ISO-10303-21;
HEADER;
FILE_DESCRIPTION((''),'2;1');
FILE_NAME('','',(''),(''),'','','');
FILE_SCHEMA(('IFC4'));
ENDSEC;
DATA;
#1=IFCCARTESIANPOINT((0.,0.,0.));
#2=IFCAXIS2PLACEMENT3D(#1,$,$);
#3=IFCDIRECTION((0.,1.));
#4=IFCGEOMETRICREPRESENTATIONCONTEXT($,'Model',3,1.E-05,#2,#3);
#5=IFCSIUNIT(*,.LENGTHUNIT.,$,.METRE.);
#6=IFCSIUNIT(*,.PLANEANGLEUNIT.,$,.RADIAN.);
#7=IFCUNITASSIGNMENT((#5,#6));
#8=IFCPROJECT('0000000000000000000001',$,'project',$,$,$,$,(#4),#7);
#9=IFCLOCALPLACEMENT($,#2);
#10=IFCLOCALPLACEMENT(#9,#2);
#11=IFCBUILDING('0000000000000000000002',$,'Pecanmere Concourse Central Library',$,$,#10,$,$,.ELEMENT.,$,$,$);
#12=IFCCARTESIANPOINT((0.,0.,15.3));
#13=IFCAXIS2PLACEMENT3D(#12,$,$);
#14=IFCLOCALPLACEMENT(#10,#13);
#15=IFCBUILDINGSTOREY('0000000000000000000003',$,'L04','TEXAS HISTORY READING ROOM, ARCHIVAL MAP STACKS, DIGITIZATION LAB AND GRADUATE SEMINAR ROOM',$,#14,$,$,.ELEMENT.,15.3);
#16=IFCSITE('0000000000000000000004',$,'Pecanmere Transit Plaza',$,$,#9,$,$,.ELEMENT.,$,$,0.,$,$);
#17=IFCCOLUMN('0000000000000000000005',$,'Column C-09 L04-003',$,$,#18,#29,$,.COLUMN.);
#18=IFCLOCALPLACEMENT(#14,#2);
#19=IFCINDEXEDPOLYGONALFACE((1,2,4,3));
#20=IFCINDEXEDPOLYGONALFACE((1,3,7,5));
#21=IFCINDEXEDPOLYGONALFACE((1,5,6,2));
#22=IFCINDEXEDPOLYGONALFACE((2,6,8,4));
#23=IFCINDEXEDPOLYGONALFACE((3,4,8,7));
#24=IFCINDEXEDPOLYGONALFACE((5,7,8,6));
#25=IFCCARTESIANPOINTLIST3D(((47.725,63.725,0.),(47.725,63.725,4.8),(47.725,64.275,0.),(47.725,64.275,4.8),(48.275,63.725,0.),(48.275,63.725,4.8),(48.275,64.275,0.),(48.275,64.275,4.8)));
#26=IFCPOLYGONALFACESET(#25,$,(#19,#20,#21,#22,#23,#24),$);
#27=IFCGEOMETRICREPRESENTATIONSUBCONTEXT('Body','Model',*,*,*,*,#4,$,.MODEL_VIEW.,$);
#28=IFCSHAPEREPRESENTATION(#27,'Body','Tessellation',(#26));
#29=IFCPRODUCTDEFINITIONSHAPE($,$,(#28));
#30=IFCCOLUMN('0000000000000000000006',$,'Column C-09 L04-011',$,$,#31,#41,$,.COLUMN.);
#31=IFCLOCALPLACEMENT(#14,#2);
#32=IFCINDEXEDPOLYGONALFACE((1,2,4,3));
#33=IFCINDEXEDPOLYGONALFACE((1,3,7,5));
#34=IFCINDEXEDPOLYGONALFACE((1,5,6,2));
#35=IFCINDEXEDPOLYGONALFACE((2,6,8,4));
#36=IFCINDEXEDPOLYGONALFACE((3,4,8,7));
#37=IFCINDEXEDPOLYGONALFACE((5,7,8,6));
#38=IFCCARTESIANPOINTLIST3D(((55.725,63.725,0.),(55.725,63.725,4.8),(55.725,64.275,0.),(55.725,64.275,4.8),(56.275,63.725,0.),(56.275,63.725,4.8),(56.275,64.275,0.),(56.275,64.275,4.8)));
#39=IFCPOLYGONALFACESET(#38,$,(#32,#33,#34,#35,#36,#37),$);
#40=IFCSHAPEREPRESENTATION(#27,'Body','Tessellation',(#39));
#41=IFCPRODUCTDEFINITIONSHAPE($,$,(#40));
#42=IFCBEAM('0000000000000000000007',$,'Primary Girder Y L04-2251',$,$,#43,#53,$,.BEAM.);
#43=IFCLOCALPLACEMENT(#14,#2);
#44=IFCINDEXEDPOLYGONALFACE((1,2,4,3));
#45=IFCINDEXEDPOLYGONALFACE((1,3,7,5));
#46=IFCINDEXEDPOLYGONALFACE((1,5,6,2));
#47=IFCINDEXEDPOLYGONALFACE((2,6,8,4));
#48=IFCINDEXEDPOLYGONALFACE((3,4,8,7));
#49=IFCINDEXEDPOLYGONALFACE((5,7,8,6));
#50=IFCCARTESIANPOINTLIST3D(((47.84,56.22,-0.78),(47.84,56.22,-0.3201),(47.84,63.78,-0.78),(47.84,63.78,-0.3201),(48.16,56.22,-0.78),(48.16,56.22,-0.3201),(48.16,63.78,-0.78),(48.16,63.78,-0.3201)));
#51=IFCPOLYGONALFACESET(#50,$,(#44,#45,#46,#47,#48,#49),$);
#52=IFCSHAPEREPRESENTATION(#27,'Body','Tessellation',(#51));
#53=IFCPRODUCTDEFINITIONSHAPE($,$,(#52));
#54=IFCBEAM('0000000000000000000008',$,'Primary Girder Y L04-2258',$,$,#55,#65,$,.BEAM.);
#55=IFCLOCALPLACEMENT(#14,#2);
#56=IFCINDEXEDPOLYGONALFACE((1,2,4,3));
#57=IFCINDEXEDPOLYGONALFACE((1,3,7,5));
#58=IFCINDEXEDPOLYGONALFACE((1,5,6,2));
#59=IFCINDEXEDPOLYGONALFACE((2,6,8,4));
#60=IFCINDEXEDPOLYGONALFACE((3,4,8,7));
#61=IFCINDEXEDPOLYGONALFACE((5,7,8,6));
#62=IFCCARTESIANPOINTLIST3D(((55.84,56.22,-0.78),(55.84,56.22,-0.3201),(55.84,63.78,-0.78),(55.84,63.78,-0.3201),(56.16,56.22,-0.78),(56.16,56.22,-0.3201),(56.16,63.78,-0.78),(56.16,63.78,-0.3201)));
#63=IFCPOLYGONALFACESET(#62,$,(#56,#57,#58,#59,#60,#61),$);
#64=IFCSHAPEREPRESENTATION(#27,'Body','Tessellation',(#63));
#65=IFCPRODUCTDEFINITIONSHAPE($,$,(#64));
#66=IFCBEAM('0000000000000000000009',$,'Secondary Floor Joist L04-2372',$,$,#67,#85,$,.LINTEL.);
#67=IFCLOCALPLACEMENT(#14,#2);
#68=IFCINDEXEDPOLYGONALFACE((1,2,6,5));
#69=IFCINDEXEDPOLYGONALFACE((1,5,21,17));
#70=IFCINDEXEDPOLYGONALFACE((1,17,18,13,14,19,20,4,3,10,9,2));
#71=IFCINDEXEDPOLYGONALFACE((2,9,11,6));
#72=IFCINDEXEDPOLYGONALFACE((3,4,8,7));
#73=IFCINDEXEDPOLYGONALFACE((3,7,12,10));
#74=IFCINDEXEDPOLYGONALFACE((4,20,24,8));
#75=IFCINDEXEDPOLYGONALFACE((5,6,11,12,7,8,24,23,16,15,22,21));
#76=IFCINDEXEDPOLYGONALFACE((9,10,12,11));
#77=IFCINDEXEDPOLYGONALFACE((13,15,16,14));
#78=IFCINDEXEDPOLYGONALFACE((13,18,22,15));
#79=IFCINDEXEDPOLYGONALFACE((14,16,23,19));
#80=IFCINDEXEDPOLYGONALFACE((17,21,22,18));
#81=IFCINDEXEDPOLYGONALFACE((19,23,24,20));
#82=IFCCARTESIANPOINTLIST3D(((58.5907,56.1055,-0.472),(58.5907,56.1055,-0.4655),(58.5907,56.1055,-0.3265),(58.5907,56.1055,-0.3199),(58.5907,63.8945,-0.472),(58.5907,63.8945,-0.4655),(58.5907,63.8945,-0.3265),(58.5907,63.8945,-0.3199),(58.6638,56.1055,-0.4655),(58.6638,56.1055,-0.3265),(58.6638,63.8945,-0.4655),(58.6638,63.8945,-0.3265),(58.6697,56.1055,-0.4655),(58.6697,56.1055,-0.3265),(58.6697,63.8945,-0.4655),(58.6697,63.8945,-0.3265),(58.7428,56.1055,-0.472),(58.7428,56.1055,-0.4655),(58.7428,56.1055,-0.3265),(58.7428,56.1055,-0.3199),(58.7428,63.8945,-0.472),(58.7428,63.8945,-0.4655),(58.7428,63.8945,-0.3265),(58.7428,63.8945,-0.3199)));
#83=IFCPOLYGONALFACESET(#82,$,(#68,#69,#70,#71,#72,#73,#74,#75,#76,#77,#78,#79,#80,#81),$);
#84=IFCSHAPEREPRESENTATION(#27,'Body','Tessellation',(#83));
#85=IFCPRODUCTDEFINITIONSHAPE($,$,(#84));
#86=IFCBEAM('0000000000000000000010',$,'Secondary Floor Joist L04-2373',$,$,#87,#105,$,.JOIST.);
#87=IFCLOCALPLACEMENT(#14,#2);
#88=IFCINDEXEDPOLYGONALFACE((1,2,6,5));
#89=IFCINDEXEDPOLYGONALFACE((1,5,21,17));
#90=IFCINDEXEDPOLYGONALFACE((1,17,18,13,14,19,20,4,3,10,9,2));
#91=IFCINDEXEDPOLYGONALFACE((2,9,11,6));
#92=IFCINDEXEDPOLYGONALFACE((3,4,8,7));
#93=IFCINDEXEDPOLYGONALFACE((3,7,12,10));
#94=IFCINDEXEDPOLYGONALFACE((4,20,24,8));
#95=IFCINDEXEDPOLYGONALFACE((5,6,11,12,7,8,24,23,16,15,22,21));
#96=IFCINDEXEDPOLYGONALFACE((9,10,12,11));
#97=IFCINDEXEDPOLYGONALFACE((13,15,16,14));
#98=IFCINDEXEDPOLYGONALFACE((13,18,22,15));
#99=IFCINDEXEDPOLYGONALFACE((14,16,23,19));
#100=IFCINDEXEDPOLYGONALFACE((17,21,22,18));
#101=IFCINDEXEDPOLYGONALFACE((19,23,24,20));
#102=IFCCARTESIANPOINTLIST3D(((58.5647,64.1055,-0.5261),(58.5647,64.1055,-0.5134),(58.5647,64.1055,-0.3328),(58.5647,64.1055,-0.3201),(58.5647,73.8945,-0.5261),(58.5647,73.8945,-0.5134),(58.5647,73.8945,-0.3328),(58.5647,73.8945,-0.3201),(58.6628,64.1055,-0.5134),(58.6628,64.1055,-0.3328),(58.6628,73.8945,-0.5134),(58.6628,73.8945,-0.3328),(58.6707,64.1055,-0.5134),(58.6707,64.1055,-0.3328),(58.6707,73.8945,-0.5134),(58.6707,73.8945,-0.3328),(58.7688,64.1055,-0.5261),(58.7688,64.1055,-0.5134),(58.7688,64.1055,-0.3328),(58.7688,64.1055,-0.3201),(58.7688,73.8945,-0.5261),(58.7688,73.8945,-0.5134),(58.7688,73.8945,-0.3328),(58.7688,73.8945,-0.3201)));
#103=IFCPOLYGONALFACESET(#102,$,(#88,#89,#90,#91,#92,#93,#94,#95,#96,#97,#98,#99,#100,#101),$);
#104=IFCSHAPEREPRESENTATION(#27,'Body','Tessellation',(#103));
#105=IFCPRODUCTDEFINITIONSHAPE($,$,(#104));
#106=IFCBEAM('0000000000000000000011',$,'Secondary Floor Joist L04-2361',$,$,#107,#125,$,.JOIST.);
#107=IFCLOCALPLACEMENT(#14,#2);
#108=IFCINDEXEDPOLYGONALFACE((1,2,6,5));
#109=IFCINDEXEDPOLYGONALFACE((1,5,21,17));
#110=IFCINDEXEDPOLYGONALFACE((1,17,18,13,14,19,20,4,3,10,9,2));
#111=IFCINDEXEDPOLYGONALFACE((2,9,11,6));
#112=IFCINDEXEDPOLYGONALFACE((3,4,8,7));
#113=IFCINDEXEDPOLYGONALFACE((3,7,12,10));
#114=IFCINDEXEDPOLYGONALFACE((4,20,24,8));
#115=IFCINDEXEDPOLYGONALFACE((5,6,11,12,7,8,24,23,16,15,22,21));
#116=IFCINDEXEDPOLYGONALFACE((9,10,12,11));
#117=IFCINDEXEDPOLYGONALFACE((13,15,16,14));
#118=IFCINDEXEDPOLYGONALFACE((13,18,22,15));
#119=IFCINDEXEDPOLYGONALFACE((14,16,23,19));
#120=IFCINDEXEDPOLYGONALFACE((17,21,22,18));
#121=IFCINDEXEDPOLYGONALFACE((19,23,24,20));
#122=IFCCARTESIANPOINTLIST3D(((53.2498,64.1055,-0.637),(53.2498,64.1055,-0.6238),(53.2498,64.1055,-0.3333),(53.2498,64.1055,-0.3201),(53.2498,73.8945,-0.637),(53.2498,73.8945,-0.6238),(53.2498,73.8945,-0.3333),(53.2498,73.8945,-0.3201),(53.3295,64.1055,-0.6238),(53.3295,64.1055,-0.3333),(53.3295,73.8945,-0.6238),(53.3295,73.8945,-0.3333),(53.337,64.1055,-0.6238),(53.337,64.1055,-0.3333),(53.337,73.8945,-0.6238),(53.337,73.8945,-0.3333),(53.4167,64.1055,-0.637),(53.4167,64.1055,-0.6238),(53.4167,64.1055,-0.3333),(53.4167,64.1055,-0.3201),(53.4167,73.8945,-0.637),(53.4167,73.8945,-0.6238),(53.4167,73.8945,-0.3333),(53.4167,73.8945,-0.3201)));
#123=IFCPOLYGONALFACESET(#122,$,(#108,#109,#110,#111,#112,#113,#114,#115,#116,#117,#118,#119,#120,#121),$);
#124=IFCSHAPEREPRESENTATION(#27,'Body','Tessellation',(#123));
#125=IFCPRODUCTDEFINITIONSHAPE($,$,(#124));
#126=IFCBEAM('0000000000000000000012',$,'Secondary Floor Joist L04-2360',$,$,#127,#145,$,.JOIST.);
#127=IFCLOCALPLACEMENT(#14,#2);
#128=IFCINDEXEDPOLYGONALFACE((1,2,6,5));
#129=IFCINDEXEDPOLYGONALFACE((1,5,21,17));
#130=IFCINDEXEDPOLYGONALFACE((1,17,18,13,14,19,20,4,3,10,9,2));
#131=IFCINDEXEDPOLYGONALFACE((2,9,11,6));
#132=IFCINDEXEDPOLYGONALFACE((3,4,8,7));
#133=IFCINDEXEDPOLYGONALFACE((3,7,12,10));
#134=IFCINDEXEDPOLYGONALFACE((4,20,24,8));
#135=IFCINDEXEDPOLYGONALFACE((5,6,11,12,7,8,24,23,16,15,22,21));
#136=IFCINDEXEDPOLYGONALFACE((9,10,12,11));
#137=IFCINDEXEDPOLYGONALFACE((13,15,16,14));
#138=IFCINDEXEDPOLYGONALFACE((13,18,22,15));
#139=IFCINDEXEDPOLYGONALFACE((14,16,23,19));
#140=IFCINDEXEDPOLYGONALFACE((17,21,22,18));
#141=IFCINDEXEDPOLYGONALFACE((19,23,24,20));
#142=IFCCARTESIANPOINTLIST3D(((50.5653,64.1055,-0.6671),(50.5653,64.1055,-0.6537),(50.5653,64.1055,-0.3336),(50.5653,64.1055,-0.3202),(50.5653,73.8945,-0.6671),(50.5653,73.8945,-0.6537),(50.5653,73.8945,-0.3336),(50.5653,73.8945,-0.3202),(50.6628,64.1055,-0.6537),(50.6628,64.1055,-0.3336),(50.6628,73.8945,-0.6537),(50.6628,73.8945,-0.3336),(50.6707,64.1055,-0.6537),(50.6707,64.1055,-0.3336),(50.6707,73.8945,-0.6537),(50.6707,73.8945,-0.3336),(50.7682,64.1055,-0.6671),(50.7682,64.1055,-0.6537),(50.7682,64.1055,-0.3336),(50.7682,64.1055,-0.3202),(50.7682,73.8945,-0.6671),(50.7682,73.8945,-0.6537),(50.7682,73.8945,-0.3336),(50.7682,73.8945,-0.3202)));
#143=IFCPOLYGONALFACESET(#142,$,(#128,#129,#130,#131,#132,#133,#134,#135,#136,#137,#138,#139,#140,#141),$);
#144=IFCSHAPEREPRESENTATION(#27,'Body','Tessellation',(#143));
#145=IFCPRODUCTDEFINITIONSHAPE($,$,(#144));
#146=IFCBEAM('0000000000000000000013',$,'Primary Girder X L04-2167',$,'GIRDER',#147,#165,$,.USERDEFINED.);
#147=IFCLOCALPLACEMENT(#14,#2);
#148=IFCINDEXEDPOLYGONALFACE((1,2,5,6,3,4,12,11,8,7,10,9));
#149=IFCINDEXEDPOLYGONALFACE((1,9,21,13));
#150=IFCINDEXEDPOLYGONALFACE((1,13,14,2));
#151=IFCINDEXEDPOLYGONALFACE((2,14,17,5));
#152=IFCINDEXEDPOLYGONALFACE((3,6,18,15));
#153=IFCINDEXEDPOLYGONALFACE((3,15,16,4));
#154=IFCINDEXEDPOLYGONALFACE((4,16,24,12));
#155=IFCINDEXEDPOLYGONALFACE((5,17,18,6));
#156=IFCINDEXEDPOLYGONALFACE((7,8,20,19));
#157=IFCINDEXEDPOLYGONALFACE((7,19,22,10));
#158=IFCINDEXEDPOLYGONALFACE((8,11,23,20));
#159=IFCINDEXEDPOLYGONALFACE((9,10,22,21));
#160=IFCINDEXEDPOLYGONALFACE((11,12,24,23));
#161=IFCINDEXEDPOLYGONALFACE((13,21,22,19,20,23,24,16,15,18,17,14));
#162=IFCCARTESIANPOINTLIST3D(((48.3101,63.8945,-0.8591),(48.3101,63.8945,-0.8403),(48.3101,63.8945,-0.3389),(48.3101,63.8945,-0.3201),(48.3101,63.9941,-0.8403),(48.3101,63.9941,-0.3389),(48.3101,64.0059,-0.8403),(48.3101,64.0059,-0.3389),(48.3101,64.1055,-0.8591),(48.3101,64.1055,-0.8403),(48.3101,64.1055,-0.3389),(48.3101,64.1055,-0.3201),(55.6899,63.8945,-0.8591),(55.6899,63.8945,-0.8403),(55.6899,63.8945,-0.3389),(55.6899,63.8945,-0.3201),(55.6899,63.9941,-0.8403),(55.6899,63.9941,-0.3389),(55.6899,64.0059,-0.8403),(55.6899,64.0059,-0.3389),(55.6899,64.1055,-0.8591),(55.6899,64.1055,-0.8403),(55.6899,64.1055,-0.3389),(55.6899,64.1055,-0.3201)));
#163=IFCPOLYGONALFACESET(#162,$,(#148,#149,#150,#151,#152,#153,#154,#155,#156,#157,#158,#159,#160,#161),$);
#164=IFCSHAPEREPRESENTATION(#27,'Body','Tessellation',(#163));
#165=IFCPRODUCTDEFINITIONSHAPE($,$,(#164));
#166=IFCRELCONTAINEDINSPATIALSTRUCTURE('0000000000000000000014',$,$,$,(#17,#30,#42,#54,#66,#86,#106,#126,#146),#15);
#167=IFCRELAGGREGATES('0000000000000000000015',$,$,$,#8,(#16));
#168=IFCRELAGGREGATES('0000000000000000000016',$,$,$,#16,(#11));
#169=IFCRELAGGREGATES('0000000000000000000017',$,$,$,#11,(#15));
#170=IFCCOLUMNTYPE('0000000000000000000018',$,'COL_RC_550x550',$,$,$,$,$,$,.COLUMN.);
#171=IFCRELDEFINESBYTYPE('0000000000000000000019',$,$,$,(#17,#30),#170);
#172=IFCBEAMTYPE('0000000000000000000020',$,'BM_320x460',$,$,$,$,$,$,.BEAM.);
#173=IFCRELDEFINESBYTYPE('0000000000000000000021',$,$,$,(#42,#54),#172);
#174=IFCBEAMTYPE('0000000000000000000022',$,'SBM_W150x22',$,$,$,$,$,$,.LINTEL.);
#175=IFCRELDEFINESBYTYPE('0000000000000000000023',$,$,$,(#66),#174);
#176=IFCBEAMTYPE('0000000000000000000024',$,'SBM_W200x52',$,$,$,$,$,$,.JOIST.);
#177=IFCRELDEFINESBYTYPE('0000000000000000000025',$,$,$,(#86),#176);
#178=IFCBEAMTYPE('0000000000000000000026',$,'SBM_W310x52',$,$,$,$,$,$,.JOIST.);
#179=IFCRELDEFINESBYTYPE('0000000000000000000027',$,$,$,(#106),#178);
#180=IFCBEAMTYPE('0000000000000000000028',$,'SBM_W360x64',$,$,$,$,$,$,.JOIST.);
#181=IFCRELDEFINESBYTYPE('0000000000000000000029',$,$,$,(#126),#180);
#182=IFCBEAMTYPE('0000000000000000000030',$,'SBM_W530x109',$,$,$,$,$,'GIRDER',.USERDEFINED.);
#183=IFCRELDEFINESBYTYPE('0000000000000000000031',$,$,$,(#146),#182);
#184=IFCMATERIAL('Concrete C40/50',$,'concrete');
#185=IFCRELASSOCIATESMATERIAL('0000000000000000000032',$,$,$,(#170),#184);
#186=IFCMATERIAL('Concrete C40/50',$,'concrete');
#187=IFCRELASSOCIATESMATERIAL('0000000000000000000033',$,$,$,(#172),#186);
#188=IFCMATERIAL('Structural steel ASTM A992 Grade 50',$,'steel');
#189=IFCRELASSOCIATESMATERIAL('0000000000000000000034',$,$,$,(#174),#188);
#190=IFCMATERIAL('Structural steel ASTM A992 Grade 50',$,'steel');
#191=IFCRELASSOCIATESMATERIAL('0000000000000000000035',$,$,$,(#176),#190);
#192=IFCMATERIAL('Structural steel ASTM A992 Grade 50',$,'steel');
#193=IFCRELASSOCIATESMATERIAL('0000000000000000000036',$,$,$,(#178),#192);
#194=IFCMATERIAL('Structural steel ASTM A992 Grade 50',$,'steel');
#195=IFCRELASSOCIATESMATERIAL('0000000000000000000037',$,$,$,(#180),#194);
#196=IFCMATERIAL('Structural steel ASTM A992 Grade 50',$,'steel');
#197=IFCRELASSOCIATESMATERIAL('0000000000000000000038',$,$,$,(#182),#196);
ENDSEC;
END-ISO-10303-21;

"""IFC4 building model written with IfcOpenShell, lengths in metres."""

from ifc_helpers import new_model, si_unit, direction, frame, origin, origin_2d, place, context, subcontext, project, spatial, rectangle, i_section, extrude, material, material_profile, profile_set, type_object, element, save


model = new_model("IFC4")

# Units and contexts
model_context = context("Model", 3, precision=1e-05, world=origin(), true_north=direction((0.0, 1.0)))
body_context = subcontext(model_context, "Body", "Model", "MODEL_VIEW")
ifc_project = project(units=[si_unit("LENGTHUNIT", "METRE"), si_unit("PLANEANGLEUNIT", "RADIAN")], contexts=[model_context])

# Site, building, storey
site_placement = place(None, origin())
site = spatial("IfcSite", under=ifc_project, at=site_placement, Name="Pecanmere Transit Plaza", CompositionType="ELEMENT", RefElevation=0.0)
building_placement = place(site_placement, origin())
building = spatial("IfcBuilding", under=site, at=building_placement, Name="Pecanmere Concourse Central Library", CompositionType="ELEMENT")
storey_placement = place(building_placement, frame((0.0, 0.0, 15.3)))
storey = spatial("IfcBuildingStorey", under=building, at=storey_placement, Name="L04", Description="TEXAS HISTORY READING ROOM, ARCHIVAL MAP STACKS, DIGITIZATION LAB AND GRADUATE SEMINAR ROOM", CompositionType="ELEMENT", Elevation=15.3)

# Columns
ifc_material_1 = material(Name="Concrete C40/50", Category="concrete")
ifc_material_profile_1 = material_profile(ifc_material_1, rectangle(XDim=0.55, YDim=0.55, at=origin_2d()), Name="RC 550x550")
ifc_profile_set_1 = profile_set([ifc_material_profile_1], Name="Concrete C40/50")
column_type = type_object("IfcColumnType", Name="COL_RC_550x550", PredefinedType="COLUMN", material=ifc_profile_set_1)
for number, where, z_axis, x_axis, name in (
    (1, (48.0, 64.0, 0.0), (0.0, 0.0, 1.0), (1.0, 0.0, 0.0), "Column C-09 L04-003"),
    (2, (56.0, 64.0, 0.0), (0.0, 0.0, 1.0), (1.0, 0.0, 0.0), "Column C-09 L04-011"),
):
    element("IfcColumn", number, at=place(storey_placement, frame(where, z_axis=z_axis, x_axis=x_axis)), inside=storey, type_object=column_type, Name=name, PredefinedType="COLUMN", context=body_context, shape_type="SweptSolid", body=[
        extrude(rectangle(XDim=0.55, YDim=0.55, at=origin_2d()), origin(), (0.0, 0.0, 1.0), 4.8),
    ])

# Beams
ifc_material_2 = material(Name="Concrete C40/50", Category="concrete")
ifc_material_profile_2 = material_profile(ifc_material_2, rectangle(XDim=0.3201, YDim=0.46, at=origin_2d()), Name="RC 320x460")
ifc_profile_set_2 = profile_set([ifc_material_profile_2], Name="Concrete C40/50")
beam_type_1 = type_object("IfcBeamType", Name="BM_320x460", PredefinedType="BEAM", material=ifc_profile_set_2)
for number, where, z_axis, x_axis, name in (
    (3, (48.0, 56.22, -0.55), (0.0, 1.0, 0.0), (-1.0, 0.0, 0.0), "Primary Girder Y L04-2251"),
    (4, (56.0, 56.22, -0.55), (0.0, 1.0, 0.0), (-1.0, 0.0, 0.0), "Primary Girder Y L04-2258"),
):
    element("IfcBeam", number, at=place(storey_placement, frame(where, z_axis=z_axis, x_axis=x_axis)), inside=storey, type_object=beam_type_1, Name=name, PredefinedType="BEAM", context=body_context, shape_type="SweptSolid", body=[
        extrude(rectangle(XDim=0.3201, YDim=0.46, at=origin_2d()), origin(), (0.0, 0.0, 1.0), 7.5601),
    ])
ifc_material_3 = material(Name="Structural steel ASTM A992 Grade 50", Category="steel")
ifc_material_profile_3 = material_profile(ifc_material_3, i_section(OverallWidth=0.1521, OverallDepth=0.1521, WebThickness=0.0059, FlangeThickness=0.0066, at=origin_2d()), Name="W150x22.5")
ifc_profile_set_3 = profile_set([ifc_material_profile_3], Name="Structural steel ASTM A992 Grade 50")
beam_type_2 = type_object("IfcBeamType", Name="SBM_W150x22", PredefinedType="LINTEL", material=ifc_profile_set_3)
beam_1_placement = place(storey_placement, frame((58.6667, 56.1055, -0.396), z_axis=(0.0, 1.0, 0.0), x_axis=(-1.0, 0.0, 0.0)))
element("IfcBeam", 5, at=beam_1_placement, inside=storey, type_object=beam_type_2, Name="Secondary Floor Joist L04-2372", PredefinedType="LINTEL", context=body_context, shape_type="SweptSolid", body=[
    extrude(i_section(OverallWidth=0.1521, OverallDepth=0.1521, WebThickness=0.0059, FlangeThickness=0.0066, at=origin_2d()), origin(), (0.0, 0.0, 1.0), 7.7891),
])
ifc_material_4 = material(Name="Structural steel ASTM A992 Grade 50", Category="steel")
ifc_material_profile_4 = material_profile(ifc_material_4, i_section(OverallWidth=0.2041, OverallDepth=0.2061, WebThickness=0.0078, FlangeThickness=0.0127, at=origin_2d()), Name="W200x52")
ifc_profile_set_4 = profile_set([ifc_material_profile_4], Name="Structural steel ASTM A992 Grade 50")
beam_type_3 = type_object("IfcBeamType", Name="SBM_W200x52", PredefinedType="JOIST", material=ifc_profile_set_4)
beam_2_placement = place(storey_placement, frame((58.6667, 64.1055, -0.4231), z_axis=(0.0, 1.0, 0.0), x_axis=(-1.0, 0.0, 0.0)))
element("IfcBeam", 6, at=beam_2_placement, inside=storey, type_object=beam_type_3, Name="Secondary Floor Joist L04-2373", PredefinedType="JOIST", context=body_context, shape_type="SweptSolid", body=[
    extrude(i_section(OverallWidth=0.2041, OverallDepth=0.2061, WebThickness=0.0078, FlangeThickness=0.0127, at=origin_2d()), origin(), (0.0, 0.0, 1.0), 9.7891),
])
ifc_material_5 = material(Name="Structural steel ASTM A992 Grade 50", Category="steel")
ifc_material_profile_5 = material_profile(ifc_material_5, i_section(OverallWidth=0.167, OverallDepth=0.3169, WebThickness=0.0076, FlangeThickness=0.0132, at=origin_2d()), Name="W310x52")
ifc_profile_set_5 = profile_set([ifc_material_profile_5], Name="Structural steel ASTM A992 Grade 50")
beam_type_4 = type_object("IfcBeamType", Name="SBM_W310x52", PredefinedType="JOIST", material=ifc_profile_set_5)
beam_3_placement = place(storey_placement, frame((53.3333, 64.1055, -0.4785), z_axis=(0.0, 1.0, 0.0), x_axis=(-1.0, 0.0, 0.0)))
element("IfcBeam", 7, at=beam_3_placement, inside=storey, type_object=beam_type_4, Name="Secondary Floor Joist L04-2361", PredefinedType="JOIST", context=body_context, shape_type="SweptSolid", body=[
    extrude(i_section(OverallWidth=0.167, OverallDepth=0.3169, WebThickness=0.0076, FlangeThickness=0.0132, at=origin_2d()), origin(), (0.0, 0.0, 1.0), 9.7891),
])
ifc_material_6 = material(Name="Structural steel ASTM A992 Grade 50", Category="steel")
ifc_material_profile_6 = material_profile(ifc_material_6, i_section(OverallWidth=0.2029, OverallDepth=0.3469, WebThickness=0.0078, FlangeThickness=0.0134, at=origin_2d()), Name="W360x64")
ifc_profile_set_6 = profile_set([ifc_material_profile_6], Name="Structural steel ASTM A992 Grade 50")
beam_type_5 = type_object("IfcBeamType", Name="SBM_W360x64", PredefinedType="JOIST", material=ifc_profile_set_6)
beam_4_placement = place(storey_placement, frame((50.6667, 64.1055, -0.4937), z_axis=(0.0, 1.0, 0.0), x_axis=(-1.0, 0.0, 0.0)))
element("IfcBeam", 8, at=beam_4_placement, inside=storey, type_object=beam_type_5, Name="Secondary Floor Joist L04-2360", PredefinedType="JOIST", context=body_context, shape_type="SweptSolid", body=[
    extrude(i_section(OverallWidth=0.2029, OverallDepth=0.3469, WebThickness=0.0078, FlangeThickness=0.0134, at=origin_2d()), origin(), (0.0, 0.0, 1.0), 9.7891),
])
ifc_material_7 = material(Name="Structural steel ASTM A992 Grade 50", Category="steel")
ifc_material_profile_7 = material_profile(ifc_material_7, i_section(OverallWidth=0.2109, OverallDepth=0.5391, WebThickness=0.0117, FlangeThickness=0.0188, at=origin_2d()), Name="W530x109")
ifc_profile_set_7 = profile_set([ifc_material_profile_7], Name="Structural steel ASTM A992 Grade 50")
beam_type_6 = type_object("IfcBeamType", Name="SBM_W530x109", ElementType="GIRDER", PredefinedType="USERDEFINED", material=ifc_profile_set_7)
for number, where, z_axis, x_axis, name in (
    (9, (48.3101, 64.0, -0.5896), (1.0, 0.0, 0.0), (0.0, 1.0, 0.0), "Primary Girder X L04-2167"),
):
    element("IfcBeam", number, at=place(storey_placement, frame(where, z_axis=z_axis, x_axis=x_axis)), inside=storey, type_object=beam_type_6, Name=name, ObjectType="GIRDER", PredefinedType="USERDEFINED", context=body_context, shape_type="SweptSolid", body=[
        extrude(i_section(OverallWidth=0.2109, OverallDepth=0.5391, WebThickness=0.0117, FlangeThickness=0.0188, at=origin_2d()), origin(), (0.0, 0.0, 1.0), 7.3799),
    ])

save(model, "model.ifc")
